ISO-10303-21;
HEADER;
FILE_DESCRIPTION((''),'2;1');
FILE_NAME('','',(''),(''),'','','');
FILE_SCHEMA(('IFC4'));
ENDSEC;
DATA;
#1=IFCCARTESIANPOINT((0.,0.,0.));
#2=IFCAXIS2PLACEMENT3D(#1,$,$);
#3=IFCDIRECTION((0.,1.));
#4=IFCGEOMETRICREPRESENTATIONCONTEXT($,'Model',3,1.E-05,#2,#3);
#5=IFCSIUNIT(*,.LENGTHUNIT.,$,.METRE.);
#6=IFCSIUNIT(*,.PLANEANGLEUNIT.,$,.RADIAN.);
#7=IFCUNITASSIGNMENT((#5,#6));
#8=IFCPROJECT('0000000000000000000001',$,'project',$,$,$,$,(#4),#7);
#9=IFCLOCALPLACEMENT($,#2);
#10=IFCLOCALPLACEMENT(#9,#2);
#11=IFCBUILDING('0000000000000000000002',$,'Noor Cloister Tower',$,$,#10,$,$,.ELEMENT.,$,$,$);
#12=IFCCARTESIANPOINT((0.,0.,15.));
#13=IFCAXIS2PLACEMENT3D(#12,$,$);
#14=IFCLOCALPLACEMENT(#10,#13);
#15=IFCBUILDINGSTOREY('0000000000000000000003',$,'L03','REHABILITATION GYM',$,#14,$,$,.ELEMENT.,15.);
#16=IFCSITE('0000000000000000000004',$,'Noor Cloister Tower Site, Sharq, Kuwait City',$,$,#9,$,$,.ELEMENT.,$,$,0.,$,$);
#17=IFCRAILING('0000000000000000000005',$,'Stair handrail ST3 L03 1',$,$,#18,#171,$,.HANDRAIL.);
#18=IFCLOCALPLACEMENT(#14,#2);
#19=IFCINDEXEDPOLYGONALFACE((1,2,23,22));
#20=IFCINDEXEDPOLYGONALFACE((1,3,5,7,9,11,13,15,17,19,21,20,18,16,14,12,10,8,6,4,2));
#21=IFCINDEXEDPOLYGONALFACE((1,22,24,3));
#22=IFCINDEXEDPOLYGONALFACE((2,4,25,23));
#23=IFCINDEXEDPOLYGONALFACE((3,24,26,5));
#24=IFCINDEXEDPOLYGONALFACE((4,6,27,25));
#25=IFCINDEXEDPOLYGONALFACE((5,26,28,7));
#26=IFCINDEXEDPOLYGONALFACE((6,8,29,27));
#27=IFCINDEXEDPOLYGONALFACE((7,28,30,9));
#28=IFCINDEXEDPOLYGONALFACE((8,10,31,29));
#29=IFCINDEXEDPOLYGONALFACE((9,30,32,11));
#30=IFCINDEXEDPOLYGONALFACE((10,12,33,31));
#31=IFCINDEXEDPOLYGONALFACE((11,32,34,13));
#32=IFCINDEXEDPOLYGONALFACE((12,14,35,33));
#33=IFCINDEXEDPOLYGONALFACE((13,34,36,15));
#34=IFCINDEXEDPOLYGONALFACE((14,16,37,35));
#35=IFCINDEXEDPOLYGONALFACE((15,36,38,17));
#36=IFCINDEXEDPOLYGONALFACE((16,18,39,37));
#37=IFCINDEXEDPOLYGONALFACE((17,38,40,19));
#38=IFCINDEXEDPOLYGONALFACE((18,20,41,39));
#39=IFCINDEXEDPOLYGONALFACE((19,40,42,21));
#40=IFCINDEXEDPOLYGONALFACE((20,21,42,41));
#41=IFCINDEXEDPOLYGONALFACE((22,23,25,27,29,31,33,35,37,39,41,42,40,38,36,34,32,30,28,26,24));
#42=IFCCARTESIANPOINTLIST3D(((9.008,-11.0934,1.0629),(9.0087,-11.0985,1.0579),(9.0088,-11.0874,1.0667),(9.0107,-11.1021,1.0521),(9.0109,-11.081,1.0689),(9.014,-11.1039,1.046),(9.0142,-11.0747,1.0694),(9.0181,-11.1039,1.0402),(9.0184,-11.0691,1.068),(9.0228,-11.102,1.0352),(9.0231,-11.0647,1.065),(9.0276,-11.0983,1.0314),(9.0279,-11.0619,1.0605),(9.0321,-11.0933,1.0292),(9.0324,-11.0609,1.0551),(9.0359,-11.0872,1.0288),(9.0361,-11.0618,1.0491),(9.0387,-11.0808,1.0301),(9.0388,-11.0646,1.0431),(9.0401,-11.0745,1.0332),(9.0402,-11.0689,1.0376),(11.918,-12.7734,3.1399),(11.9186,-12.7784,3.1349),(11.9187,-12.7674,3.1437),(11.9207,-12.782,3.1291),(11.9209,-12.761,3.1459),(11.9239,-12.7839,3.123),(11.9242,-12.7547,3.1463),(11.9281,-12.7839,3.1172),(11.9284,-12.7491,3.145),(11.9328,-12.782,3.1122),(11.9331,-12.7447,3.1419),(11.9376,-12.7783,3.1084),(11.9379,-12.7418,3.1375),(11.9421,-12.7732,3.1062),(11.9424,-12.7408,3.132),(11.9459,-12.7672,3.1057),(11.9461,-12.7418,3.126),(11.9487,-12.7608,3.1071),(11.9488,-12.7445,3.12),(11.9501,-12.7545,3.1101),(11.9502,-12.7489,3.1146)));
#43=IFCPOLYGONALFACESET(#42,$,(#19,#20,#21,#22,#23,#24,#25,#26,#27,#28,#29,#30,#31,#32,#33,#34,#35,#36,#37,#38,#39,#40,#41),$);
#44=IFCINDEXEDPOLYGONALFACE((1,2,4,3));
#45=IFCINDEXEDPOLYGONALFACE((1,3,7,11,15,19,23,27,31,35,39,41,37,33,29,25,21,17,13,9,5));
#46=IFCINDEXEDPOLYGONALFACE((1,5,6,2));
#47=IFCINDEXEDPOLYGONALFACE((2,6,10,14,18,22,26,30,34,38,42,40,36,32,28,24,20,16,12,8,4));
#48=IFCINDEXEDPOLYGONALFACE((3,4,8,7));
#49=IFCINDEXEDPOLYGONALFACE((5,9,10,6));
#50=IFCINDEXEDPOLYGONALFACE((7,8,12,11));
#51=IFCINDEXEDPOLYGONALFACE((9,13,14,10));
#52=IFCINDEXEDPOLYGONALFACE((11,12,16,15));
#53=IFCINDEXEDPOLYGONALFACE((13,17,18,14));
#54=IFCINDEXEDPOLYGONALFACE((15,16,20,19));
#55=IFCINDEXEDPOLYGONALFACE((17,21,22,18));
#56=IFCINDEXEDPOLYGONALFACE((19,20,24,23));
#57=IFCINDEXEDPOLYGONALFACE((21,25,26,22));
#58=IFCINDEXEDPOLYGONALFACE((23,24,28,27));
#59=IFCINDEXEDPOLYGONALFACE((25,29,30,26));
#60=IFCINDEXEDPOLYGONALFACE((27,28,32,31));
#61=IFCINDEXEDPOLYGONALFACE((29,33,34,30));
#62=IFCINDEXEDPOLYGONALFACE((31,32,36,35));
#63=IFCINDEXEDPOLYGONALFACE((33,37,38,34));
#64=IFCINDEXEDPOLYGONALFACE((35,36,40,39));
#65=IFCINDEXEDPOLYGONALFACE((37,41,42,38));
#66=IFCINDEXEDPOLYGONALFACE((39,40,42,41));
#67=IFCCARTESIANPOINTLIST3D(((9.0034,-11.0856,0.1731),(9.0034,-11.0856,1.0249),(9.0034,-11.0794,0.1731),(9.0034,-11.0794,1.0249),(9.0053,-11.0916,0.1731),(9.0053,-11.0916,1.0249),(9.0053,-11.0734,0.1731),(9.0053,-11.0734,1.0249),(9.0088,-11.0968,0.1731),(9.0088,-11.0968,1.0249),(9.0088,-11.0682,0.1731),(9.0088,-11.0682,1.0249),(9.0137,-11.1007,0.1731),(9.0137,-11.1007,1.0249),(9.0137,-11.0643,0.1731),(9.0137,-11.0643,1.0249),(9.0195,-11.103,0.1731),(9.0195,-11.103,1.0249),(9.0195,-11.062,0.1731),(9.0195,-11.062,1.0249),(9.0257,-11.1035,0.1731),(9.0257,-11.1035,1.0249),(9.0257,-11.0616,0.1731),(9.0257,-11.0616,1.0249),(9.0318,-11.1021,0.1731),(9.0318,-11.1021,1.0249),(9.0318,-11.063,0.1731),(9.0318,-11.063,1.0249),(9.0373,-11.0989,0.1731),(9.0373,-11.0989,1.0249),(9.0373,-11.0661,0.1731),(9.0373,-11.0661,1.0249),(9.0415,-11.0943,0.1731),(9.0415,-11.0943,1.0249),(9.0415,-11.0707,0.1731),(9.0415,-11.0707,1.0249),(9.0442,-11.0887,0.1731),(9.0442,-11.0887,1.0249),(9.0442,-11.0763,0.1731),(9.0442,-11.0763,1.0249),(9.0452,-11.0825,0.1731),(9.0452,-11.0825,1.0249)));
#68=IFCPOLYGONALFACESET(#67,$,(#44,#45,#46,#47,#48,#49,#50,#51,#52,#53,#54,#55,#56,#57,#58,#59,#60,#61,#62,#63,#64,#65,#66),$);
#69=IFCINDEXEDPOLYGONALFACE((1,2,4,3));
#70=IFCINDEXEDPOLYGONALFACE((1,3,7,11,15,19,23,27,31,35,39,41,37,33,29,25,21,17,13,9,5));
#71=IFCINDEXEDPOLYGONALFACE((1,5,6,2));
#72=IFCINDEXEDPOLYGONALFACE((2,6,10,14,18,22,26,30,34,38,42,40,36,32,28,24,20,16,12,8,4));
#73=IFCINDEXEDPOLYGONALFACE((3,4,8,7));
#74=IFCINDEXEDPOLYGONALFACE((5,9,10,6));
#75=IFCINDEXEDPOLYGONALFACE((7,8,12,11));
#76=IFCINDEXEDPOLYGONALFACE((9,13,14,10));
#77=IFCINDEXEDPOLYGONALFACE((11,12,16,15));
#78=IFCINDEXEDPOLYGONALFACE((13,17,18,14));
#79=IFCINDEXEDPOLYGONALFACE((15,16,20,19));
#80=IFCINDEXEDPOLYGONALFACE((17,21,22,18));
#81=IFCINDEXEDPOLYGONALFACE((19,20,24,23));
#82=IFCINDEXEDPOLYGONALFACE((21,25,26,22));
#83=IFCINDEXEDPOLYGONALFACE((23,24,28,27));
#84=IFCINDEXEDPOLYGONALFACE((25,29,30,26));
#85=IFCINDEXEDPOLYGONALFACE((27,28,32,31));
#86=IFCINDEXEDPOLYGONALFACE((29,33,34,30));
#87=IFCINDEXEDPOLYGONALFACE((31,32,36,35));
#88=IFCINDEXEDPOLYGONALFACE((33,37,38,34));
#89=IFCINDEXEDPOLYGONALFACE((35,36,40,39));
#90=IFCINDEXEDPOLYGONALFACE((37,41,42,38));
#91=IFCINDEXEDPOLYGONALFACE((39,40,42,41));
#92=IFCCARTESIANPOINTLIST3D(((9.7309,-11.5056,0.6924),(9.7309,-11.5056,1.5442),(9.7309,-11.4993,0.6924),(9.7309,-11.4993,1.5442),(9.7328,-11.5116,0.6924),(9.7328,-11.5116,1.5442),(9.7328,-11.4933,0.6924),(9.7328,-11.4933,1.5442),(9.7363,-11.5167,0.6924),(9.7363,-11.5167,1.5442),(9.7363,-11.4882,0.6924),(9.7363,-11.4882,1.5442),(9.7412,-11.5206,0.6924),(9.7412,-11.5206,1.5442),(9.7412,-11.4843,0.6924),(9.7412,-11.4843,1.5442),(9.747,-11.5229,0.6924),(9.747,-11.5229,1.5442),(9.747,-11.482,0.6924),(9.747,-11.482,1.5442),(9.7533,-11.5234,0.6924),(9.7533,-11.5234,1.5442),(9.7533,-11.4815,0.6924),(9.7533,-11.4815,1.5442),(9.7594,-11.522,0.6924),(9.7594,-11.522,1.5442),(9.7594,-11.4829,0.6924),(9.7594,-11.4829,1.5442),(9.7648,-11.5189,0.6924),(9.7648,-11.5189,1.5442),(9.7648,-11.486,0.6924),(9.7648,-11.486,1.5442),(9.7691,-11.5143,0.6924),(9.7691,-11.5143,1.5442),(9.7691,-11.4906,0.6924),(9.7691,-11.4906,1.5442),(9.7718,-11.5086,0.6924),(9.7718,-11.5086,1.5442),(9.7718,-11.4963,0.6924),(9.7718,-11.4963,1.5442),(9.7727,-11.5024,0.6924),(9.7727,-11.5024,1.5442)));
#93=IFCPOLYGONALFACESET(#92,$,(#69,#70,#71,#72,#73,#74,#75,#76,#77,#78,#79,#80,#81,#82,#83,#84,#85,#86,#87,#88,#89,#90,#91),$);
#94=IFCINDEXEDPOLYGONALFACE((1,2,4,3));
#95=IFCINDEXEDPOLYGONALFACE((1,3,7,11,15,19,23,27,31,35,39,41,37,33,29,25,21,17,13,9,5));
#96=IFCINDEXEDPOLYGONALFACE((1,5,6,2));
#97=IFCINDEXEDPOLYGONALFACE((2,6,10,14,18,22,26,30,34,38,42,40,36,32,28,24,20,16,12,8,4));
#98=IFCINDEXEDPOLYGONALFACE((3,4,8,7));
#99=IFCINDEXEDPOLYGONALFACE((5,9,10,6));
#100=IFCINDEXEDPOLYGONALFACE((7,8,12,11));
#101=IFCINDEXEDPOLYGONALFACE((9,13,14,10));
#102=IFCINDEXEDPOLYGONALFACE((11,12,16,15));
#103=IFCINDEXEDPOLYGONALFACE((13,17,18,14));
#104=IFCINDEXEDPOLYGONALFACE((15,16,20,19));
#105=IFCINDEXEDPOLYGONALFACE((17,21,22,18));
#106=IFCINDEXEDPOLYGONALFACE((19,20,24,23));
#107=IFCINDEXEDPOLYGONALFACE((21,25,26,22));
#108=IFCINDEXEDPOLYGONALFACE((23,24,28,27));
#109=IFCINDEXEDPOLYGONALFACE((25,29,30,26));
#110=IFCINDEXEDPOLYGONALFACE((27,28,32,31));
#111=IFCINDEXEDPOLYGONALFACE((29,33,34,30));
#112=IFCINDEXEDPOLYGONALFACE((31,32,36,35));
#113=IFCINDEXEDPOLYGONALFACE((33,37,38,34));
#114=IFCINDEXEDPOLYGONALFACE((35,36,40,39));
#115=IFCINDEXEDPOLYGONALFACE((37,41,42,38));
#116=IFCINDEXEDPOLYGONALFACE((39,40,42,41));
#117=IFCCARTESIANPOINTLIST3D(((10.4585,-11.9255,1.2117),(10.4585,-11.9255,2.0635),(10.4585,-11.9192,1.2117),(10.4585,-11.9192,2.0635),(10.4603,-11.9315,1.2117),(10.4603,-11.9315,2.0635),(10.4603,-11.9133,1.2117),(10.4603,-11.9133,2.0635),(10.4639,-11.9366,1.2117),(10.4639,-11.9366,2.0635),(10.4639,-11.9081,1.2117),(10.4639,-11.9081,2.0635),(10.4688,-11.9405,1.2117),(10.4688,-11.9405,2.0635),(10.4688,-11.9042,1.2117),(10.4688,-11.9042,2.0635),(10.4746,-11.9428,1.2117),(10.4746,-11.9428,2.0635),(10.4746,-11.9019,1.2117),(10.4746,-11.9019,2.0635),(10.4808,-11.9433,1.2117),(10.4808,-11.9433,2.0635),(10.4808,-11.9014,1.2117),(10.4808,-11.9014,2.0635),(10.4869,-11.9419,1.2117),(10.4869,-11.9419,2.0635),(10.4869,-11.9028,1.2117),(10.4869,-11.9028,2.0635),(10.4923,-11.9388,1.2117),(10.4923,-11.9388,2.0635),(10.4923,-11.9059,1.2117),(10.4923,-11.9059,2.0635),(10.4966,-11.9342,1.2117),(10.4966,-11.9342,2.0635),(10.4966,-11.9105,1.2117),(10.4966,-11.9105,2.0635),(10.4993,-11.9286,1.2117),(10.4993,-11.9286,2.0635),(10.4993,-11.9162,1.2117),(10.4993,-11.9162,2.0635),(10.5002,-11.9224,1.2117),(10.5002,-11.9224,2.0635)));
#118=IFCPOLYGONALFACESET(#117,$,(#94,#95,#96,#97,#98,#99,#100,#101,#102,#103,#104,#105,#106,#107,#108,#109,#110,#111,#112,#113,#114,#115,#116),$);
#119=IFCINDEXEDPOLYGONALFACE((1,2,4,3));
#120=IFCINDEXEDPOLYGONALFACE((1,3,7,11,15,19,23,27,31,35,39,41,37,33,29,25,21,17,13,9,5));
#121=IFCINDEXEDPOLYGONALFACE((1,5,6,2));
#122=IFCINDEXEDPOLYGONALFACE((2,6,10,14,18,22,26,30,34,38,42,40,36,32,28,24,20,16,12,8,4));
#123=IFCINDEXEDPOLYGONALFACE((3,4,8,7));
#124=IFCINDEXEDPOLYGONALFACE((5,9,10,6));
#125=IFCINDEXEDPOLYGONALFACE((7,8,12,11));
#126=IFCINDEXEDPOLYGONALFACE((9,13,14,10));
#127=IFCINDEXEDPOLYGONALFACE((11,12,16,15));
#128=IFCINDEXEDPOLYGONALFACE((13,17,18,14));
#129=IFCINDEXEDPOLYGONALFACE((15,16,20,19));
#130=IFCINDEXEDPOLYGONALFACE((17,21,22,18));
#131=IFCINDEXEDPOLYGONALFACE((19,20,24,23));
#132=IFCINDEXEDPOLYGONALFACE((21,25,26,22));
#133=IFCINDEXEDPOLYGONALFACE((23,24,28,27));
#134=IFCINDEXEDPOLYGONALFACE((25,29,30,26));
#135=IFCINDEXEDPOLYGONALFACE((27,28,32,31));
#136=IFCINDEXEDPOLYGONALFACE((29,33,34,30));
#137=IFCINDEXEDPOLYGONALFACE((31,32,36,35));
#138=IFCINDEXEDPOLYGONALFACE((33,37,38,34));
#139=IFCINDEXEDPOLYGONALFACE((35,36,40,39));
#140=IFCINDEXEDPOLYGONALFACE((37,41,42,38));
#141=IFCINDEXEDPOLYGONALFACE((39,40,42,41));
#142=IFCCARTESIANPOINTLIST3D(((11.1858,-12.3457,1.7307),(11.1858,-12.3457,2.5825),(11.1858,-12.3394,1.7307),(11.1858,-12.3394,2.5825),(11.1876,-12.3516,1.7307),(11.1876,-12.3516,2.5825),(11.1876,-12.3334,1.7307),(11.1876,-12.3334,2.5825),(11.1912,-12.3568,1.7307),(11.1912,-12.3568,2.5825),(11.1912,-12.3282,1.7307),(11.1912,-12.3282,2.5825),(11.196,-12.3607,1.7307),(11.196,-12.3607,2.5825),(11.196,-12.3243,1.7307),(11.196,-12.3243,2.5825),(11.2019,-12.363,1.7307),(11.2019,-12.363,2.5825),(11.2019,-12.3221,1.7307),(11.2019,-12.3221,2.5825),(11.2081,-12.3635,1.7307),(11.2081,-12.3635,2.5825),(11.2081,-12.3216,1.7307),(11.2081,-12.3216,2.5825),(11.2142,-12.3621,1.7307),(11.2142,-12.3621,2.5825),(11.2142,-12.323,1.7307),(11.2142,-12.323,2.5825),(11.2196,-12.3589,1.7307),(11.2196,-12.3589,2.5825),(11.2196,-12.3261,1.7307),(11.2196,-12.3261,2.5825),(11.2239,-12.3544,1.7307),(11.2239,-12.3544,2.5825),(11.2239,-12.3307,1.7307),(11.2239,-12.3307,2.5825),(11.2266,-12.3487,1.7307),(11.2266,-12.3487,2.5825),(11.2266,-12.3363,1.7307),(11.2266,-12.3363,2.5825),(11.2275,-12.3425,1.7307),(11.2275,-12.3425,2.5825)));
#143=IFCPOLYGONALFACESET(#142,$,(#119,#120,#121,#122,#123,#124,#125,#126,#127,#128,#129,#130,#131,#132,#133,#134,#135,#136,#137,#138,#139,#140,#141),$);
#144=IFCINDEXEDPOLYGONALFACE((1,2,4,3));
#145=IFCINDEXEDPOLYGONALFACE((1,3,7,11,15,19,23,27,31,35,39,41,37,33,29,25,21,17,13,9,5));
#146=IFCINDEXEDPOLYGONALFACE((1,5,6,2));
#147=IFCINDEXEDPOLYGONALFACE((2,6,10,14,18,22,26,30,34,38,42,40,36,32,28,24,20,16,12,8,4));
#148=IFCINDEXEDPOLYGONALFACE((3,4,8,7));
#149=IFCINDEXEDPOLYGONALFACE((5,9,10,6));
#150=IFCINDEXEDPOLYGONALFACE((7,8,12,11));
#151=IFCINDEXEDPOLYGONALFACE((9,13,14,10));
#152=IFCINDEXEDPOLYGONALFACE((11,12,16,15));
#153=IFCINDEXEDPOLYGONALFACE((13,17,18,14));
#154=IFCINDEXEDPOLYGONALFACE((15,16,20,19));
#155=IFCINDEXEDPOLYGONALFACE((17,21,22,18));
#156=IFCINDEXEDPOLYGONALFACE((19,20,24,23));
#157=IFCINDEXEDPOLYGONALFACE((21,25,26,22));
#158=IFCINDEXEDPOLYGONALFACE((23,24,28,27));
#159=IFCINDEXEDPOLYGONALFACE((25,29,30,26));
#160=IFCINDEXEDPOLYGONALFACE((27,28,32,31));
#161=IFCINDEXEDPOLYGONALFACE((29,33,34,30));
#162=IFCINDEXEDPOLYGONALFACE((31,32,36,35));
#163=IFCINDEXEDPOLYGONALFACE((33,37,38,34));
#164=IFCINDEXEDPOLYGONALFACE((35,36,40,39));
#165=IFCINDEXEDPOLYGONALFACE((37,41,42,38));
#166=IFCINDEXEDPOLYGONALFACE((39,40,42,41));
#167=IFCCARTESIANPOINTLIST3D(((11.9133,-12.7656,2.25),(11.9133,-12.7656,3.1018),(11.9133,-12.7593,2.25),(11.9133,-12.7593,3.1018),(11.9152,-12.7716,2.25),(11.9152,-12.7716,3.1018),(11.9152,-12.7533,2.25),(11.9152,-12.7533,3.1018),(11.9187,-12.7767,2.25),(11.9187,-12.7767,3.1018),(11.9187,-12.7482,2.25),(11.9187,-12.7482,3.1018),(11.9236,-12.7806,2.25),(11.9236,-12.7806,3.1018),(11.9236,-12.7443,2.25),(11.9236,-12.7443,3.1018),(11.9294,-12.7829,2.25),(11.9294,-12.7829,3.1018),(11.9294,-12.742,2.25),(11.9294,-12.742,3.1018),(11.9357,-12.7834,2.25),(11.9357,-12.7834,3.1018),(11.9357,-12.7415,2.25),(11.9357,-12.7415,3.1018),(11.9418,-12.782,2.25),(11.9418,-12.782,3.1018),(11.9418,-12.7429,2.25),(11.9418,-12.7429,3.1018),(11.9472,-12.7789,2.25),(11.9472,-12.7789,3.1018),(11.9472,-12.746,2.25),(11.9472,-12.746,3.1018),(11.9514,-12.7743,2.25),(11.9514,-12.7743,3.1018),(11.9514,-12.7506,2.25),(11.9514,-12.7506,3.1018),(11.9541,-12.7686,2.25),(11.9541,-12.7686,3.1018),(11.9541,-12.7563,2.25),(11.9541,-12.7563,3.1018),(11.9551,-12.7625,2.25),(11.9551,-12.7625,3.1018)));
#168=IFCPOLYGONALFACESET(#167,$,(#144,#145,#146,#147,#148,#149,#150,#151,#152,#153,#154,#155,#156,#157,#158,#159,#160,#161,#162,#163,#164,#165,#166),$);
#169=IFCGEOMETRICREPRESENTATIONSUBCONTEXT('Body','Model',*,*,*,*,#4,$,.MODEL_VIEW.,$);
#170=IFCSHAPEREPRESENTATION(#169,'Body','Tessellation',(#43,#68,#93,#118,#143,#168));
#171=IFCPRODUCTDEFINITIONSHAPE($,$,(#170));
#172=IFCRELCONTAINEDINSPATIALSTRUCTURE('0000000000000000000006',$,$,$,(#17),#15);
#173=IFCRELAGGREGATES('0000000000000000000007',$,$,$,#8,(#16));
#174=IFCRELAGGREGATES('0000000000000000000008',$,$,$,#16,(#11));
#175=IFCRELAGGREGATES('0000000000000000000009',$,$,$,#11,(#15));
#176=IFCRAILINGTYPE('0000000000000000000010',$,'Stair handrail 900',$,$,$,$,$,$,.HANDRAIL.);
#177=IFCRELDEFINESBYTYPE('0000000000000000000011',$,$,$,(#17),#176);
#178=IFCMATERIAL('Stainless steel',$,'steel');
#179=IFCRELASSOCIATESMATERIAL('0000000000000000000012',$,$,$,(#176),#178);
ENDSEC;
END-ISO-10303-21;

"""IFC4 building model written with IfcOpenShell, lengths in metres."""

from ifc_helpers import new_model, si_unit, direction, frame, origin, origin_2d, place, context, subcontext, project, spatial, circle, extrude, material, type_object, element, save


model = new_model("IFC4")

# Units and contexts
model_context = context("Model", 3, precision=1e-05, world=origin(), true_north=direction((0.0, 1.0)))
body_context = subcontext(model_context, "Body", "Model", "MODEL_VIEW")
ifc_project = project(units=[si_unit("LENGTHUNIT", "METRE"), si_unit("PLANEANGLEUNIT", "RADIAN")], contexts=[model_context])

# Site, building, storey
site_placement = place(None, origin())
site = spatial("IfcSite", under=ifc_project, at=site_placement, Name="Noor Cloister Tower Site, Sharq, Kuwait City", CompositionType="ELEMENT", RefElevation=0.0)
building_placement = place(site_placement, origin())
building = spatial("IfcBuilding", under=site, at=building_placement, Name="Noor Cloister Tower", CompositionType="ELEMENT")
storey_placement = place(building_placement, frame((0.0, 0.0, 15.0)))
storey = spatial("IfcBuildingStorey", under=building, at=storey_placement, Name="L03", Description="REHABILITATION GYM", CompositionType="ELEMENT", Elevation=15.0)

# Railing
ifc_material_1 = material(Name="Stainless steel", Category="steel")
railing_type_1 = type_object("IfcRailingType", Name="Stair handrail 900", PredefinedType="HANDRAIL", material=ifc_material_1)
railing_1_placement = place(storey_placement, frame((9.0242, -11.0825, 0.1731)))
element("IfcRailing", 1, at=railing_1_placement, inside=storey, type_object=railing_type_1, Name="Stair handrail ST3 L03 1", PredefinedType="HANDRAIL", context=body_context, shape_type="SweptSolid", body=[
    extrude(circle(Radius=0.0239, at=origin_2d()), frame((0.0, 0.0, 0.876), z_axis=(0.736668, -0.425288, 0.525785), x_axis=(0.499976, 0.866039, 0.0)), (0.0, 0.0, 1.0), 3.9502),
    extrude(circle(Radius=0.021, at=origin_2d()), origin(), (0.0, 0.0, 1.0), 0.8518),
    extrude(circle(Radius=0.021, at=origin_2d()), frame((0.7275, -0.4199, 0.5193)), (0.0, 0.0, 1.0), 0.8518),
    extrude(circle(Radius=0.021, at=origin_2d()), frame((1.4551, -0.8398, 1.0386)), (0.0, 0.0, 1.0), 0.8518),
    extrude(circle(Radius=0.021, at=origin_2d()), frame((2.1824, -1.26, 1.5576)), (0.0, 0.0, 1.0), 0.8518),
    extrude(circle(Radius=0.021, at=origin_2d()), frame((2.9099, -1.6799, 2.0769)), (0.0, 0.0, 1.0), 0.8518),
])

save(model, "model.ifc")
